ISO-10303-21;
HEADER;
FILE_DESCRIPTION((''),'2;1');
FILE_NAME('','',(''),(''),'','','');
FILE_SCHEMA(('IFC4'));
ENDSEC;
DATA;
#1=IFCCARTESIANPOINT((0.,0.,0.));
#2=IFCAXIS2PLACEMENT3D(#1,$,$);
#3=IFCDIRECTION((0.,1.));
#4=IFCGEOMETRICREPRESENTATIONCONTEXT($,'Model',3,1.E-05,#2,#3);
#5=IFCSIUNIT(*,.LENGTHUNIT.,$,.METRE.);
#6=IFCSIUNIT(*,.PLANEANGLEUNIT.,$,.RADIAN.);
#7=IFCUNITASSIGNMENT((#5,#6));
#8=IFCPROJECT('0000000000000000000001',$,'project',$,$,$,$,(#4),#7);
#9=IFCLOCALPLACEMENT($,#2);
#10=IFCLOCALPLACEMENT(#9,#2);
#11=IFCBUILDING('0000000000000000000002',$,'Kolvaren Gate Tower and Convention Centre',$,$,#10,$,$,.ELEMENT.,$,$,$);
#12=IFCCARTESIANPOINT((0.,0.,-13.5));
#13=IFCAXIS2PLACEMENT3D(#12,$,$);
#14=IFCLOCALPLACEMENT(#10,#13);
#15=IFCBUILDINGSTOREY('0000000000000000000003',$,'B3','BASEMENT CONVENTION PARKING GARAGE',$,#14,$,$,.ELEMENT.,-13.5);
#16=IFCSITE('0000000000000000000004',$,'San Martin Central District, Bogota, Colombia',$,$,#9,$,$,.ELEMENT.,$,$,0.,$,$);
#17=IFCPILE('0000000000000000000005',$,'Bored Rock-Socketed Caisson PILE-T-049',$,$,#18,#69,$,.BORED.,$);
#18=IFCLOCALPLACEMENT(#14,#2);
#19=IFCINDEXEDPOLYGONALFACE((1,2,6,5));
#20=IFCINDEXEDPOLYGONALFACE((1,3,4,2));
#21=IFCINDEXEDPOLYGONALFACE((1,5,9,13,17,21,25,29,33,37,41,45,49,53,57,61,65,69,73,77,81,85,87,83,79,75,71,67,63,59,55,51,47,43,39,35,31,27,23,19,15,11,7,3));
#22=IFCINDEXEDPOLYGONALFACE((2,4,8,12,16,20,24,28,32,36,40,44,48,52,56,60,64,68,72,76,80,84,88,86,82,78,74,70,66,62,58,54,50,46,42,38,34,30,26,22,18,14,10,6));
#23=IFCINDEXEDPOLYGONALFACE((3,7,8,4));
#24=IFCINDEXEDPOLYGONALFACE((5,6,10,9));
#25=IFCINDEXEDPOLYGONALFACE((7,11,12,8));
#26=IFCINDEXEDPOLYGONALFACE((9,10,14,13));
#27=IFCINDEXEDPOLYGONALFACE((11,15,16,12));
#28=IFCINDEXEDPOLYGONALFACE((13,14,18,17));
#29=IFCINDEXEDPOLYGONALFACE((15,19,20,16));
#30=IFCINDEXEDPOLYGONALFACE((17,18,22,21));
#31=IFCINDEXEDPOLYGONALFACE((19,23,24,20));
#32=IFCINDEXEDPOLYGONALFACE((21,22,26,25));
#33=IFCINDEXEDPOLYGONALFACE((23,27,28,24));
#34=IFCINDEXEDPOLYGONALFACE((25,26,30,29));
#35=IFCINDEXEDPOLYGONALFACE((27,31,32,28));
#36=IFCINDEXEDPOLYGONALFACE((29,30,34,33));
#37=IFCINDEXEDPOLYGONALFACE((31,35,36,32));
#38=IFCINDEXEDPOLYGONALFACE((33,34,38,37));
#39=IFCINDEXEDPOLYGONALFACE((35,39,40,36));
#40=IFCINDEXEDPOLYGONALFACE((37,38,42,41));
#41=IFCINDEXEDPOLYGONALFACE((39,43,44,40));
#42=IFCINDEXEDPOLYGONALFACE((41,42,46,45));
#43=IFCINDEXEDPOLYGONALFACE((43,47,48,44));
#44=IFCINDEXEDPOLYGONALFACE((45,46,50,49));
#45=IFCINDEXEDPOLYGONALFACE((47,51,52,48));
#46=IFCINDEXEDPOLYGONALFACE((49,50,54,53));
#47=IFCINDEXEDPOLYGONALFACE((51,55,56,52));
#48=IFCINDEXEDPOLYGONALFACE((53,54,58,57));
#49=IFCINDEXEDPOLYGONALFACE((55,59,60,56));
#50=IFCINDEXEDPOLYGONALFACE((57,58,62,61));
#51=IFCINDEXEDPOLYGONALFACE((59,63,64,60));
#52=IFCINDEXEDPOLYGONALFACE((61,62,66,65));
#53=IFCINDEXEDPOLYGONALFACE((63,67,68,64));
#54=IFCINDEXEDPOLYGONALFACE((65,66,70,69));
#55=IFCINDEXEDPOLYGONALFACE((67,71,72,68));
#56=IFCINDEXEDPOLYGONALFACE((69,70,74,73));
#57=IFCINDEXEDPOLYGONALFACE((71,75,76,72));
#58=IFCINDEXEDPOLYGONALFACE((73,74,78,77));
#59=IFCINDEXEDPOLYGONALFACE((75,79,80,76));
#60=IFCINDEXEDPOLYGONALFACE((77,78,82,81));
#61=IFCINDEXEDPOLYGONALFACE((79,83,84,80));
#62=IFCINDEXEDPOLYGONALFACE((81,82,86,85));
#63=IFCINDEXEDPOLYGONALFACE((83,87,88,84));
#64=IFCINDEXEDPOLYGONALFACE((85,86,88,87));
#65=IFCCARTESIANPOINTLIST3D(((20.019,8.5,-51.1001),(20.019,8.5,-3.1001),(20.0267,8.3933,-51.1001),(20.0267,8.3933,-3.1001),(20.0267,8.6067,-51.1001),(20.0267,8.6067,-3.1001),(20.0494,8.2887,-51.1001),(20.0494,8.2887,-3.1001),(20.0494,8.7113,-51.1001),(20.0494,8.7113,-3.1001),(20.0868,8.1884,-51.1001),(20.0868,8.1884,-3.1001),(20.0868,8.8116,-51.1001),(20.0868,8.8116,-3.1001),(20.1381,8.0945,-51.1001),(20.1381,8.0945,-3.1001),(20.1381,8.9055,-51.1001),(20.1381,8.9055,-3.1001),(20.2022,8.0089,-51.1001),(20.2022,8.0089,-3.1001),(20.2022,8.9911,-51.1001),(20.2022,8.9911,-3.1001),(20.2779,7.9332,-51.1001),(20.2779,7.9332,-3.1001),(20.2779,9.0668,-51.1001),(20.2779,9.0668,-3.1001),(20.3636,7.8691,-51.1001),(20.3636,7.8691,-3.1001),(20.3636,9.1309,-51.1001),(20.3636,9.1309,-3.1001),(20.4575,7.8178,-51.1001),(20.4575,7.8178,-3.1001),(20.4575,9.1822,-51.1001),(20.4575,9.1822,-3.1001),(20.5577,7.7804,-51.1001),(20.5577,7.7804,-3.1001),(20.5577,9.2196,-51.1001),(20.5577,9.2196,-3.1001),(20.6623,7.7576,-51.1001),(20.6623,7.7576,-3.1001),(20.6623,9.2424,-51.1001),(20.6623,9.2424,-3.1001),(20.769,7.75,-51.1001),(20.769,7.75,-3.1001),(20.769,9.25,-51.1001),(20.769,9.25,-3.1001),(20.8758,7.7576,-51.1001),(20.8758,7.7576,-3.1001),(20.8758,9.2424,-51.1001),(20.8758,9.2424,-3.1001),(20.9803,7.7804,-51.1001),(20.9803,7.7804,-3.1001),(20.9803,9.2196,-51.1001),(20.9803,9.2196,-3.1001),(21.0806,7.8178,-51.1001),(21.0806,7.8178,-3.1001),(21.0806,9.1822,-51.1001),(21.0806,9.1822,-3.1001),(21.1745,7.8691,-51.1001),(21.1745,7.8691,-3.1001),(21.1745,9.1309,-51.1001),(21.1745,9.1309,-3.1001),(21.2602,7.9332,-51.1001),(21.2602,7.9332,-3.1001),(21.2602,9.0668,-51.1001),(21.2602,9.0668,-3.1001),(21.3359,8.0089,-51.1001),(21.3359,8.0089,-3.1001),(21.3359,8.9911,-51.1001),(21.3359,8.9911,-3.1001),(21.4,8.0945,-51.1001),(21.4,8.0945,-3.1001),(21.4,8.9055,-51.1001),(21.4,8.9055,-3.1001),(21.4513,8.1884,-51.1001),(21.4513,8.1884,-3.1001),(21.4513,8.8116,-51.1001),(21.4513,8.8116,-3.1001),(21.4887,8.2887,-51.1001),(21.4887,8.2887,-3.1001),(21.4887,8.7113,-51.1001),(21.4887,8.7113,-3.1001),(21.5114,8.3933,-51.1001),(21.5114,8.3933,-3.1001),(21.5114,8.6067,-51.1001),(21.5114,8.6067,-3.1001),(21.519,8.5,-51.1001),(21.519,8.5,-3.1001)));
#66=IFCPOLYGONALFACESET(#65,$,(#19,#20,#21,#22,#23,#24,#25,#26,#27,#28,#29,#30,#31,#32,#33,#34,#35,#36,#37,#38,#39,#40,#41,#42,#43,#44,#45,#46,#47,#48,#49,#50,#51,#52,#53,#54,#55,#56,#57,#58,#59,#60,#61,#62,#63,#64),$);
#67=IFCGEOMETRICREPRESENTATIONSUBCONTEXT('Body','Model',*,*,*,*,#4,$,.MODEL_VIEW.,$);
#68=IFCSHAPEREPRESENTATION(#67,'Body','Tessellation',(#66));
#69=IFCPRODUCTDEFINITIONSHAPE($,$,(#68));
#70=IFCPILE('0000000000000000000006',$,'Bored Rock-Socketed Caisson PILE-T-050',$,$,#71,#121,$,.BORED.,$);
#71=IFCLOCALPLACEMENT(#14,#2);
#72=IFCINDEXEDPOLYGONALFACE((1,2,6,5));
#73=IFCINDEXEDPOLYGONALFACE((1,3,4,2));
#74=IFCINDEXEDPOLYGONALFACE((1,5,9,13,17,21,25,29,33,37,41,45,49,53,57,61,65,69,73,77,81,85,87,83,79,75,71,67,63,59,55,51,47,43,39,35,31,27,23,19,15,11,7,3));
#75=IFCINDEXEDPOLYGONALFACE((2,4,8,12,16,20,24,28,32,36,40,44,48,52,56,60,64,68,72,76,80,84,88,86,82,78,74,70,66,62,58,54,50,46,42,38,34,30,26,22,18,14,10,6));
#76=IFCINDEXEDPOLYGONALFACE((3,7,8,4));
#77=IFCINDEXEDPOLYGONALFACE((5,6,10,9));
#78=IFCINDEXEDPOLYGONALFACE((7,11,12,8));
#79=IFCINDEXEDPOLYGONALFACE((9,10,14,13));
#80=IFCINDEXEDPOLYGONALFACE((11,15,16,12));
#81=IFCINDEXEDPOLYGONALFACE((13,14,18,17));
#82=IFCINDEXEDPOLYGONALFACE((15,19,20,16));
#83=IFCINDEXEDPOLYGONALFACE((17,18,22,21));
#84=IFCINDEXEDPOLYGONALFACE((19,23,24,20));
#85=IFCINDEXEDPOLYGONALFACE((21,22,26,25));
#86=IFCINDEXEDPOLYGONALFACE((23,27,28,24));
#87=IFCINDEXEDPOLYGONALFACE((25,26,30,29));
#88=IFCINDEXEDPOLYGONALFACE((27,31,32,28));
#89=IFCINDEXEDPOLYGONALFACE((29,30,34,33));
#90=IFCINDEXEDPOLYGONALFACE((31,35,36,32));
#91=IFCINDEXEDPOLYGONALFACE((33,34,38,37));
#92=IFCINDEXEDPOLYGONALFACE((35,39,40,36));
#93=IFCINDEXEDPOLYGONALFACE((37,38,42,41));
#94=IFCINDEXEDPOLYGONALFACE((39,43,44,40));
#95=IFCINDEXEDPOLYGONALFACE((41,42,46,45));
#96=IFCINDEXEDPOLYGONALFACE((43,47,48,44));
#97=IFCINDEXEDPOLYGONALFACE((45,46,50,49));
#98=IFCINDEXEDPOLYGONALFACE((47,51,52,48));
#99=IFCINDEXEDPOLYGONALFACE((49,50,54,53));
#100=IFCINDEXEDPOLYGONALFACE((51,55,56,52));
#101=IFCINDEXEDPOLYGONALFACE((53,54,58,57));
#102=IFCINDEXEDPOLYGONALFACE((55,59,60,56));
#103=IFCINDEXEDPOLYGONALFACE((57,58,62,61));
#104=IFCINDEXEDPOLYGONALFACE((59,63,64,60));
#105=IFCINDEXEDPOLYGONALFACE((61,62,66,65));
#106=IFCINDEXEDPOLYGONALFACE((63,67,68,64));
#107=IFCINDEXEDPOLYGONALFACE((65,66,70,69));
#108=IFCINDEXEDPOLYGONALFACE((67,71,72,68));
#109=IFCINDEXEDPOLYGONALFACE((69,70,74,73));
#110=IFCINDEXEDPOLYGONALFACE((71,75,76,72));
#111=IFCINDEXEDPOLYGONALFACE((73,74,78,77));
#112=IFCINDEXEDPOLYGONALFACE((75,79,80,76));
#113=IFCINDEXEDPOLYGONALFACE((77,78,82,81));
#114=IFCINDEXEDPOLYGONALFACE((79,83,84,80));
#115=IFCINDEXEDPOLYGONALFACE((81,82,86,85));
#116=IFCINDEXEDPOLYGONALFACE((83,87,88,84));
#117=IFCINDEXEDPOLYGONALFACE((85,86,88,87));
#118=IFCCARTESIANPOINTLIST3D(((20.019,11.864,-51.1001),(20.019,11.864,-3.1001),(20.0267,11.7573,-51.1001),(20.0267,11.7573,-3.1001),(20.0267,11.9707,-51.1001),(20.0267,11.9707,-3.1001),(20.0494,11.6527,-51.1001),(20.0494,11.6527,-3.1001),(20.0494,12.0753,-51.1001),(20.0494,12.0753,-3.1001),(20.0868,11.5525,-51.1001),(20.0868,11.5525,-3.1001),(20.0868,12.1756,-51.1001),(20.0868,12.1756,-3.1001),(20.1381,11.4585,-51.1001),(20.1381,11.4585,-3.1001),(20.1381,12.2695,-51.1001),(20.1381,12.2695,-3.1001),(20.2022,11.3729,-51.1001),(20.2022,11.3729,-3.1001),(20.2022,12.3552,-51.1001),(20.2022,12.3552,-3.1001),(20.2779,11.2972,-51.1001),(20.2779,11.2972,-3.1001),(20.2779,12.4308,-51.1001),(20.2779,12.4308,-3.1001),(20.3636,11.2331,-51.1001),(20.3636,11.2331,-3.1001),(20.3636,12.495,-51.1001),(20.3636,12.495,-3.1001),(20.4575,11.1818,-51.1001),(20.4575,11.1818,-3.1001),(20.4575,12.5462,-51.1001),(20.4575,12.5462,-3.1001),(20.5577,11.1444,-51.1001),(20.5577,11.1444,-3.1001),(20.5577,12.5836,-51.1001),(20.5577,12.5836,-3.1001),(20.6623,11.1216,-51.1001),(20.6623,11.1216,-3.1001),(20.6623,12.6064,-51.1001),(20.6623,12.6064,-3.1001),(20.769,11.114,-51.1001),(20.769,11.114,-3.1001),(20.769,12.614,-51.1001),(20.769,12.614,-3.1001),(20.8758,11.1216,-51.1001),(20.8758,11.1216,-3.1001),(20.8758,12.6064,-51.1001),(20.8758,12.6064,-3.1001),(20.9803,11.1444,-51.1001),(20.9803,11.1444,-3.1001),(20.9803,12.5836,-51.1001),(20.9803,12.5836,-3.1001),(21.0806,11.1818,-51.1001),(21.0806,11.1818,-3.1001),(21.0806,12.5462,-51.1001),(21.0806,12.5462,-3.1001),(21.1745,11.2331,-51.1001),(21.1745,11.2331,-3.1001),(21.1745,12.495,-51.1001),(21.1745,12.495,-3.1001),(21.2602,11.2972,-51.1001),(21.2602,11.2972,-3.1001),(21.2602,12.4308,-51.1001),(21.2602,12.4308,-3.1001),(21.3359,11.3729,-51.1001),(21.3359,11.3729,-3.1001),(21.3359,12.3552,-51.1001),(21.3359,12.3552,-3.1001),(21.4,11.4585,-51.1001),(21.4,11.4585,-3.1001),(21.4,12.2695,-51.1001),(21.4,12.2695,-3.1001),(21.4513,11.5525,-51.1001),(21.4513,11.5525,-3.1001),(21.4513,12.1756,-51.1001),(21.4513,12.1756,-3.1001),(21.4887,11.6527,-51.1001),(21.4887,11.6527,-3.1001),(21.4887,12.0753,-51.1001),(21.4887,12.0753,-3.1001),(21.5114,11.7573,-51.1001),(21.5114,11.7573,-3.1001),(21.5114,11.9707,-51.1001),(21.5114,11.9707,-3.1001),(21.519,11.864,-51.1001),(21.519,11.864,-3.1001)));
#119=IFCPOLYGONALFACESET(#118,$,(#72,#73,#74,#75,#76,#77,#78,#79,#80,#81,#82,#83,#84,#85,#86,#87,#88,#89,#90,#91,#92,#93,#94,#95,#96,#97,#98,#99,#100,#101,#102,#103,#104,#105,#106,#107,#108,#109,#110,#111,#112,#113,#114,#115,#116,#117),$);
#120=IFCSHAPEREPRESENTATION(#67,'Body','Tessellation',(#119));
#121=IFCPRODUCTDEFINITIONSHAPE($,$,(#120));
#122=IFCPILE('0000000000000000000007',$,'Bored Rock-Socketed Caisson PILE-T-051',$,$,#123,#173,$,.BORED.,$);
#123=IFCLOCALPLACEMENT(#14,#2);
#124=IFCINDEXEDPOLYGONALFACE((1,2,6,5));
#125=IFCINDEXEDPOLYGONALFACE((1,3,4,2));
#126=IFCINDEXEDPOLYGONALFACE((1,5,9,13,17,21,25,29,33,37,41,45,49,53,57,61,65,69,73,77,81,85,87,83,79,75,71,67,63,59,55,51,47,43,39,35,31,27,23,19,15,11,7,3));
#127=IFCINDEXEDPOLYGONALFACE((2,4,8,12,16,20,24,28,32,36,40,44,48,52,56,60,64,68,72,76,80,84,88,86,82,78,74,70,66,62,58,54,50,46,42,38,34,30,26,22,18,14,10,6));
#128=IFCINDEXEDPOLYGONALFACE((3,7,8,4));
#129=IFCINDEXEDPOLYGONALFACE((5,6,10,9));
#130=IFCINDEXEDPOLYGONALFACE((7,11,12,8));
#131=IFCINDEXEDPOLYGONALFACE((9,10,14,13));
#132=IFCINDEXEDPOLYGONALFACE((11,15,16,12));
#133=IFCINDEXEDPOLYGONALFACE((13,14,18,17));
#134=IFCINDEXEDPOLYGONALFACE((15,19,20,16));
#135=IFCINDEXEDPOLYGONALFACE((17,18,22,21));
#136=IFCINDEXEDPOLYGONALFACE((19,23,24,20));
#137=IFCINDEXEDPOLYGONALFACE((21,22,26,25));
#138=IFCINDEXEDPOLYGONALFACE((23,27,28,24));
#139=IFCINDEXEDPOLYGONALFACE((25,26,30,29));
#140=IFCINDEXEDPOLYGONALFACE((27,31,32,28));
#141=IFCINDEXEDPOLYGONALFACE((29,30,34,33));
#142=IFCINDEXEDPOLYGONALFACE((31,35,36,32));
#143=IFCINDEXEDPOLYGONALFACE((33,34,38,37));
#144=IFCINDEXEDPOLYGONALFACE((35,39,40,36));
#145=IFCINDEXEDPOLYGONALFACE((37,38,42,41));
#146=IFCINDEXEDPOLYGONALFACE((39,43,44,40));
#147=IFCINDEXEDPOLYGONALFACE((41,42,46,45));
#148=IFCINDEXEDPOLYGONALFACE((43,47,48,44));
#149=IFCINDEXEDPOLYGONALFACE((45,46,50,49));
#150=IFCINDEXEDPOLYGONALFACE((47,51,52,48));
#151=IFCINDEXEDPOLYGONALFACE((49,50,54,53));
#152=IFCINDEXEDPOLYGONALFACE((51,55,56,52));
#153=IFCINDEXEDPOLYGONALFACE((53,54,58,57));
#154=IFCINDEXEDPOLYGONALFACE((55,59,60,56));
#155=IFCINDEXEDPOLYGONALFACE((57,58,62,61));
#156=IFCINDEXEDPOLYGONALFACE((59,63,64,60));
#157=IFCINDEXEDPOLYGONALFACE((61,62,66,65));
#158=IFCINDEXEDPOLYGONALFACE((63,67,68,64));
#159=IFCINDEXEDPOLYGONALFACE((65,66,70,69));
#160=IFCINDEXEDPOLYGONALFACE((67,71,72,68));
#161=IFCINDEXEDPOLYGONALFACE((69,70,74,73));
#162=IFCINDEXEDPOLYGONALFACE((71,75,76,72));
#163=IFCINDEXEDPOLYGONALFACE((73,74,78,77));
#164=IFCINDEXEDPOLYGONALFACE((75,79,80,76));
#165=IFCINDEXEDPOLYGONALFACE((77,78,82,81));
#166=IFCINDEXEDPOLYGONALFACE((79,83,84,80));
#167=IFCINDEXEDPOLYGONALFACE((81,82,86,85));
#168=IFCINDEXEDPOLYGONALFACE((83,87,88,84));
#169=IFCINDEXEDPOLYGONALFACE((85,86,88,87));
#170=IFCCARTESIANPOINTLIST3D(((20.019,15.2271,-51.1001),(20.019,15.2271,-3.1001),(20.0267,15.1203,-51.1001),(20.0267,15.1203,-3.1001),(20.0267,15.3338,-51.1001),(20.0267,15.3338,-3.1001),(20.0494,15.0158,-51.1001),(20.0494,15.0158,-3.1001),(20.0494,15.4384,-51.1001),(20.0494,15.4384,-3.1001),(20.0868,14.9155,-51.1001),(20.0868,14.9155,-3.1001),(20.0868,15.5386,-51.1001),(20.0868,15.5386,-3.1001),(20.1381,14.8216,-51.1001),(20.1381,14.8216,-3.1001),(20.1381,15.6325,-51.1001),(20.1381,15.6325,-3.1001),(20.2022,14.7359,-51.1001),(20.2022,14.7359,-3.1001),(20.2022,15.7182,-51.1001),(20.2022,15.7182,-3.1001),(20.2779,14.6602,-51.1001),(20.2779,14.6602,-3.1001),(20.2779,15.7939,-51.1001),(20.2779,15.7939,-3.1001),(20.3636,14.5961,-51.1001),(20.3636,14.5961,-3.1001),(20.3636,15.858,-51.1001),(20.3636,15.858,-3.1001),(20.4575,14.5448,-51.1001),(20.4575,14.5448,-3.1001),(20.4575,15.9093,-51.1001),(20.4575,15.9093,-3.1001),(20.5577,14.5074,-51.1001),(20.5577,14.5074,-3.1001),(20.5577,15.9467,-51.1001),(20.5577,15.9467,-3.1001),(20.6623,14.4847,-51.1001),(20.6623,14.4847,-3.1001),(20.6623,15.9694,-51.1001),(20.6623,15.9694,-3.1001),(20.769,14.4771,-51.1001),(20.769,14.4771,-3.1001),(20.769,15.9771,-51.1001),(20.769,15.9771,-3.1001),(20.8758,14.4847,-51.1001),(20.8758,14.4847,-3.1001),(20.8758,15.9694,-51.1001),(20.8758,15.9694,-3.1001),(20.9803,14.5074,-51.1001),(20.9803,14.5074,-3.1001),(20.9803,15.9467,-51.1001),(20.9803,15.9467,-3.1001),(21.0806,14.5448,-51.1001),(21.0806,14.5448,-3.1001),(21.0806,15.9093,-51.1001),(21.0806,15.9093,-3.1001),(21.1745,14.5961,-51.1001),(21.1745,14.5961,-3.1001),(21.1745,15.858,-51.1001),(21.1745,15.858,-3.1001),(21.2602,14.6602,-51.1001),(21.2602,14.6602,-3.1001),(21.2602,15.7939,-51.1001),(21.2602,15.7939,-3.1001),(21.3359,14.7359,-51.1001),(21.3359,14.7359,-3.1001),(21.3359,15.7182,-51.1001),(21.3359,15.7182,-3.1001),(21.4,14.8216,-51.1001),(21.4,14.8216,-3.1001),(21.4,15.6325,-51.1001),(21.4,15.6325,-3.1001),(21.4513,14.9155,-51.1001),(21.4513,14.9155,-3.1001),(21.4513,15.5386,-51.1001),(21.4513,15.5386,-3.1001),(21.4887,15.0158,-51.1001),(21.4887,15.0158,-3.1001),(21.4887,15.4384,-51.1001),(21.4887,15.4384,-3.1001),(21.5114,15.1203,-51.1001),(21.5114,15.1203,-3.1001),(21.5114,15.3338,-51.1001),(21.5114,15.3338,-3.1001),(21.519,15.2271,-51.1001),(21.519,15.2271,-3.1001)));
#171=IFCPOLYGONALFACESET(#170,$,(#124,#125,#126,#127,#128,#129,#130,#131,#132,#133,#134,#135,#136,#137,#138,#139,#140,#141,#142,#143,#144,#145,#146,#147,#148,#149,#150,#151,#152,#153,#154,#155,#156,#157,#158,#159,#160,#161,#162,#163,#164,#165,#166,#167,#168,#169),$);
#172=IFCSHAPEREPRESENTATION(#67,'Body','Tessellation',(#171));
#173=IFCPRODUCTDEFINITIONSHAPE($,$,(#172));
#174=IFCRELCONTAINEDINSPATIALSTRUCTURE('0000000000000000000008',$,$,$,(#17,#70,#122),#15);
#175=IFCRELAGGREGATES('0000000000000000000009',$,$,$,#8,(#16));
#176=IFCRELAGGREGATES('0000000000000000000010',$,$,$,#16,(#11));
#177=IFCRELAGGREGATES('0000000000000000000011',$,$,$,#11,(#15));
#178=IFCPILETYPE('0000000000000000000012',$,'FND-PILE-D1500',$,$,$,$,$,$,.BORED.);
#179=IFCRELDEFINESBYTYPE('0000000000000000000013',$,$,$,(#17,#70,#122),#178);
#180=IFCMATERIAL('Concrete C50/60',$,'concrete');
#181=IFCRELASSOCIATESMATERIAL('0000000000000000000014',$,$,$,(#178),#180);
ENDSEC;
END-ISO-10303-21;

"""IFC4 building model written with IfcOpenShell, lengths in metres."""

from ifc_helpers import new_model, si_unit, direction, frame, origin, origin_2d, place, context, subcontext, project, spatial, circle, extrude, material, material_profile, profile_set, type_object, element, save


model = new_model("IFC4")

# Units and contexts
model_context = context("Model", 3, precision=1e-05, world=origin(), true_north=direction((0.0, 1.0)))
body_context = subcontext(model_context, "Body", "Model", "MODEL_VIEW")
ifc_project = project(units=[si_unit("LENGTHUNIT", "METRE"), si_unit("PLANEANGLEUNIT", "RADIAN")], contexts=[model_context])

# Site, building, storey
site_placement = place(None, origin())
site = spatial("IfcSite", under=ifc_project, at=site_placement, Name="San Martin Central District, Bogota, Colombia", CompositionType="ELEMENT", RefElevation=0.0)
building_placement = place(site_placement, origin())
building = spatial("IfcBuilding", under=site, at=building_placement, Name="Kolvaren Gate Tower and Convention Centre", CompositionType="ELEMENT")
storey_placement = place(building_placement, frame((0.0, 0.0, -13.5)))
storey = spatial("IfcBuildingStorey", under=building, at=storey_placement, Name="B3", Description="BASEMENT CONVENTION PARKING GARAGE", CompositionType="ELEMENT", Elevation=-13.5)

# Shared definitions
ifc_material_1 = material(Name="Concrete C50/60", Category="concrete")

# Piles
ifc_material_profile_1 = material_profile(ifc_material_1, circle(Radius=0.75, at=origin_2d()), Name="CAISSON-D1500")
ifc_profile_set_1 = profile_set([ifc_material_profile_1], Name="Concrete C50/60")
pile_type = type_object("IfcPileType", Name="FND-PILE-D1500", PredefinedType="BORED", material=ifc_profile_set_1)
for number, where, z_axis, x_axis, name in (
    (1, (20.769, 8.5, -3.1001), (0.0, 0.0, -1.0), (1.0, 0.0, 0.0), "Bored Rock-Socketed Caisson PILE-T-049"),
    (2, (20.769, 11.864, -3.1001), (0.0, 0.0, -1.0), (1.0, 0.0, 0.0), "Bored Rock-Socketed Caisson PILE-T-050"),
    (3, (20.769, 15.2271, -3.1001), (0.0, 0.0, -1.0), (1.0, 0.0, 0.0), "Bored Rock-Socketed Caisson PILE-T-051"),
):
    element("IfcPile", number, at=place(storey_placement, frame(where, z_axis=z_axis, x_axis=x_axis)), inside=storey, type_object=pile_type, Name=name, PredefinedType="BORED", context=body_context, shape_type="SweptSolid", body=[
        extrude(circle(Radius=0.75, at=origin_2d()), origin(), (0.0, 0.0, 1.0), 48.0),
    ])

save(model, "model.ifc")
